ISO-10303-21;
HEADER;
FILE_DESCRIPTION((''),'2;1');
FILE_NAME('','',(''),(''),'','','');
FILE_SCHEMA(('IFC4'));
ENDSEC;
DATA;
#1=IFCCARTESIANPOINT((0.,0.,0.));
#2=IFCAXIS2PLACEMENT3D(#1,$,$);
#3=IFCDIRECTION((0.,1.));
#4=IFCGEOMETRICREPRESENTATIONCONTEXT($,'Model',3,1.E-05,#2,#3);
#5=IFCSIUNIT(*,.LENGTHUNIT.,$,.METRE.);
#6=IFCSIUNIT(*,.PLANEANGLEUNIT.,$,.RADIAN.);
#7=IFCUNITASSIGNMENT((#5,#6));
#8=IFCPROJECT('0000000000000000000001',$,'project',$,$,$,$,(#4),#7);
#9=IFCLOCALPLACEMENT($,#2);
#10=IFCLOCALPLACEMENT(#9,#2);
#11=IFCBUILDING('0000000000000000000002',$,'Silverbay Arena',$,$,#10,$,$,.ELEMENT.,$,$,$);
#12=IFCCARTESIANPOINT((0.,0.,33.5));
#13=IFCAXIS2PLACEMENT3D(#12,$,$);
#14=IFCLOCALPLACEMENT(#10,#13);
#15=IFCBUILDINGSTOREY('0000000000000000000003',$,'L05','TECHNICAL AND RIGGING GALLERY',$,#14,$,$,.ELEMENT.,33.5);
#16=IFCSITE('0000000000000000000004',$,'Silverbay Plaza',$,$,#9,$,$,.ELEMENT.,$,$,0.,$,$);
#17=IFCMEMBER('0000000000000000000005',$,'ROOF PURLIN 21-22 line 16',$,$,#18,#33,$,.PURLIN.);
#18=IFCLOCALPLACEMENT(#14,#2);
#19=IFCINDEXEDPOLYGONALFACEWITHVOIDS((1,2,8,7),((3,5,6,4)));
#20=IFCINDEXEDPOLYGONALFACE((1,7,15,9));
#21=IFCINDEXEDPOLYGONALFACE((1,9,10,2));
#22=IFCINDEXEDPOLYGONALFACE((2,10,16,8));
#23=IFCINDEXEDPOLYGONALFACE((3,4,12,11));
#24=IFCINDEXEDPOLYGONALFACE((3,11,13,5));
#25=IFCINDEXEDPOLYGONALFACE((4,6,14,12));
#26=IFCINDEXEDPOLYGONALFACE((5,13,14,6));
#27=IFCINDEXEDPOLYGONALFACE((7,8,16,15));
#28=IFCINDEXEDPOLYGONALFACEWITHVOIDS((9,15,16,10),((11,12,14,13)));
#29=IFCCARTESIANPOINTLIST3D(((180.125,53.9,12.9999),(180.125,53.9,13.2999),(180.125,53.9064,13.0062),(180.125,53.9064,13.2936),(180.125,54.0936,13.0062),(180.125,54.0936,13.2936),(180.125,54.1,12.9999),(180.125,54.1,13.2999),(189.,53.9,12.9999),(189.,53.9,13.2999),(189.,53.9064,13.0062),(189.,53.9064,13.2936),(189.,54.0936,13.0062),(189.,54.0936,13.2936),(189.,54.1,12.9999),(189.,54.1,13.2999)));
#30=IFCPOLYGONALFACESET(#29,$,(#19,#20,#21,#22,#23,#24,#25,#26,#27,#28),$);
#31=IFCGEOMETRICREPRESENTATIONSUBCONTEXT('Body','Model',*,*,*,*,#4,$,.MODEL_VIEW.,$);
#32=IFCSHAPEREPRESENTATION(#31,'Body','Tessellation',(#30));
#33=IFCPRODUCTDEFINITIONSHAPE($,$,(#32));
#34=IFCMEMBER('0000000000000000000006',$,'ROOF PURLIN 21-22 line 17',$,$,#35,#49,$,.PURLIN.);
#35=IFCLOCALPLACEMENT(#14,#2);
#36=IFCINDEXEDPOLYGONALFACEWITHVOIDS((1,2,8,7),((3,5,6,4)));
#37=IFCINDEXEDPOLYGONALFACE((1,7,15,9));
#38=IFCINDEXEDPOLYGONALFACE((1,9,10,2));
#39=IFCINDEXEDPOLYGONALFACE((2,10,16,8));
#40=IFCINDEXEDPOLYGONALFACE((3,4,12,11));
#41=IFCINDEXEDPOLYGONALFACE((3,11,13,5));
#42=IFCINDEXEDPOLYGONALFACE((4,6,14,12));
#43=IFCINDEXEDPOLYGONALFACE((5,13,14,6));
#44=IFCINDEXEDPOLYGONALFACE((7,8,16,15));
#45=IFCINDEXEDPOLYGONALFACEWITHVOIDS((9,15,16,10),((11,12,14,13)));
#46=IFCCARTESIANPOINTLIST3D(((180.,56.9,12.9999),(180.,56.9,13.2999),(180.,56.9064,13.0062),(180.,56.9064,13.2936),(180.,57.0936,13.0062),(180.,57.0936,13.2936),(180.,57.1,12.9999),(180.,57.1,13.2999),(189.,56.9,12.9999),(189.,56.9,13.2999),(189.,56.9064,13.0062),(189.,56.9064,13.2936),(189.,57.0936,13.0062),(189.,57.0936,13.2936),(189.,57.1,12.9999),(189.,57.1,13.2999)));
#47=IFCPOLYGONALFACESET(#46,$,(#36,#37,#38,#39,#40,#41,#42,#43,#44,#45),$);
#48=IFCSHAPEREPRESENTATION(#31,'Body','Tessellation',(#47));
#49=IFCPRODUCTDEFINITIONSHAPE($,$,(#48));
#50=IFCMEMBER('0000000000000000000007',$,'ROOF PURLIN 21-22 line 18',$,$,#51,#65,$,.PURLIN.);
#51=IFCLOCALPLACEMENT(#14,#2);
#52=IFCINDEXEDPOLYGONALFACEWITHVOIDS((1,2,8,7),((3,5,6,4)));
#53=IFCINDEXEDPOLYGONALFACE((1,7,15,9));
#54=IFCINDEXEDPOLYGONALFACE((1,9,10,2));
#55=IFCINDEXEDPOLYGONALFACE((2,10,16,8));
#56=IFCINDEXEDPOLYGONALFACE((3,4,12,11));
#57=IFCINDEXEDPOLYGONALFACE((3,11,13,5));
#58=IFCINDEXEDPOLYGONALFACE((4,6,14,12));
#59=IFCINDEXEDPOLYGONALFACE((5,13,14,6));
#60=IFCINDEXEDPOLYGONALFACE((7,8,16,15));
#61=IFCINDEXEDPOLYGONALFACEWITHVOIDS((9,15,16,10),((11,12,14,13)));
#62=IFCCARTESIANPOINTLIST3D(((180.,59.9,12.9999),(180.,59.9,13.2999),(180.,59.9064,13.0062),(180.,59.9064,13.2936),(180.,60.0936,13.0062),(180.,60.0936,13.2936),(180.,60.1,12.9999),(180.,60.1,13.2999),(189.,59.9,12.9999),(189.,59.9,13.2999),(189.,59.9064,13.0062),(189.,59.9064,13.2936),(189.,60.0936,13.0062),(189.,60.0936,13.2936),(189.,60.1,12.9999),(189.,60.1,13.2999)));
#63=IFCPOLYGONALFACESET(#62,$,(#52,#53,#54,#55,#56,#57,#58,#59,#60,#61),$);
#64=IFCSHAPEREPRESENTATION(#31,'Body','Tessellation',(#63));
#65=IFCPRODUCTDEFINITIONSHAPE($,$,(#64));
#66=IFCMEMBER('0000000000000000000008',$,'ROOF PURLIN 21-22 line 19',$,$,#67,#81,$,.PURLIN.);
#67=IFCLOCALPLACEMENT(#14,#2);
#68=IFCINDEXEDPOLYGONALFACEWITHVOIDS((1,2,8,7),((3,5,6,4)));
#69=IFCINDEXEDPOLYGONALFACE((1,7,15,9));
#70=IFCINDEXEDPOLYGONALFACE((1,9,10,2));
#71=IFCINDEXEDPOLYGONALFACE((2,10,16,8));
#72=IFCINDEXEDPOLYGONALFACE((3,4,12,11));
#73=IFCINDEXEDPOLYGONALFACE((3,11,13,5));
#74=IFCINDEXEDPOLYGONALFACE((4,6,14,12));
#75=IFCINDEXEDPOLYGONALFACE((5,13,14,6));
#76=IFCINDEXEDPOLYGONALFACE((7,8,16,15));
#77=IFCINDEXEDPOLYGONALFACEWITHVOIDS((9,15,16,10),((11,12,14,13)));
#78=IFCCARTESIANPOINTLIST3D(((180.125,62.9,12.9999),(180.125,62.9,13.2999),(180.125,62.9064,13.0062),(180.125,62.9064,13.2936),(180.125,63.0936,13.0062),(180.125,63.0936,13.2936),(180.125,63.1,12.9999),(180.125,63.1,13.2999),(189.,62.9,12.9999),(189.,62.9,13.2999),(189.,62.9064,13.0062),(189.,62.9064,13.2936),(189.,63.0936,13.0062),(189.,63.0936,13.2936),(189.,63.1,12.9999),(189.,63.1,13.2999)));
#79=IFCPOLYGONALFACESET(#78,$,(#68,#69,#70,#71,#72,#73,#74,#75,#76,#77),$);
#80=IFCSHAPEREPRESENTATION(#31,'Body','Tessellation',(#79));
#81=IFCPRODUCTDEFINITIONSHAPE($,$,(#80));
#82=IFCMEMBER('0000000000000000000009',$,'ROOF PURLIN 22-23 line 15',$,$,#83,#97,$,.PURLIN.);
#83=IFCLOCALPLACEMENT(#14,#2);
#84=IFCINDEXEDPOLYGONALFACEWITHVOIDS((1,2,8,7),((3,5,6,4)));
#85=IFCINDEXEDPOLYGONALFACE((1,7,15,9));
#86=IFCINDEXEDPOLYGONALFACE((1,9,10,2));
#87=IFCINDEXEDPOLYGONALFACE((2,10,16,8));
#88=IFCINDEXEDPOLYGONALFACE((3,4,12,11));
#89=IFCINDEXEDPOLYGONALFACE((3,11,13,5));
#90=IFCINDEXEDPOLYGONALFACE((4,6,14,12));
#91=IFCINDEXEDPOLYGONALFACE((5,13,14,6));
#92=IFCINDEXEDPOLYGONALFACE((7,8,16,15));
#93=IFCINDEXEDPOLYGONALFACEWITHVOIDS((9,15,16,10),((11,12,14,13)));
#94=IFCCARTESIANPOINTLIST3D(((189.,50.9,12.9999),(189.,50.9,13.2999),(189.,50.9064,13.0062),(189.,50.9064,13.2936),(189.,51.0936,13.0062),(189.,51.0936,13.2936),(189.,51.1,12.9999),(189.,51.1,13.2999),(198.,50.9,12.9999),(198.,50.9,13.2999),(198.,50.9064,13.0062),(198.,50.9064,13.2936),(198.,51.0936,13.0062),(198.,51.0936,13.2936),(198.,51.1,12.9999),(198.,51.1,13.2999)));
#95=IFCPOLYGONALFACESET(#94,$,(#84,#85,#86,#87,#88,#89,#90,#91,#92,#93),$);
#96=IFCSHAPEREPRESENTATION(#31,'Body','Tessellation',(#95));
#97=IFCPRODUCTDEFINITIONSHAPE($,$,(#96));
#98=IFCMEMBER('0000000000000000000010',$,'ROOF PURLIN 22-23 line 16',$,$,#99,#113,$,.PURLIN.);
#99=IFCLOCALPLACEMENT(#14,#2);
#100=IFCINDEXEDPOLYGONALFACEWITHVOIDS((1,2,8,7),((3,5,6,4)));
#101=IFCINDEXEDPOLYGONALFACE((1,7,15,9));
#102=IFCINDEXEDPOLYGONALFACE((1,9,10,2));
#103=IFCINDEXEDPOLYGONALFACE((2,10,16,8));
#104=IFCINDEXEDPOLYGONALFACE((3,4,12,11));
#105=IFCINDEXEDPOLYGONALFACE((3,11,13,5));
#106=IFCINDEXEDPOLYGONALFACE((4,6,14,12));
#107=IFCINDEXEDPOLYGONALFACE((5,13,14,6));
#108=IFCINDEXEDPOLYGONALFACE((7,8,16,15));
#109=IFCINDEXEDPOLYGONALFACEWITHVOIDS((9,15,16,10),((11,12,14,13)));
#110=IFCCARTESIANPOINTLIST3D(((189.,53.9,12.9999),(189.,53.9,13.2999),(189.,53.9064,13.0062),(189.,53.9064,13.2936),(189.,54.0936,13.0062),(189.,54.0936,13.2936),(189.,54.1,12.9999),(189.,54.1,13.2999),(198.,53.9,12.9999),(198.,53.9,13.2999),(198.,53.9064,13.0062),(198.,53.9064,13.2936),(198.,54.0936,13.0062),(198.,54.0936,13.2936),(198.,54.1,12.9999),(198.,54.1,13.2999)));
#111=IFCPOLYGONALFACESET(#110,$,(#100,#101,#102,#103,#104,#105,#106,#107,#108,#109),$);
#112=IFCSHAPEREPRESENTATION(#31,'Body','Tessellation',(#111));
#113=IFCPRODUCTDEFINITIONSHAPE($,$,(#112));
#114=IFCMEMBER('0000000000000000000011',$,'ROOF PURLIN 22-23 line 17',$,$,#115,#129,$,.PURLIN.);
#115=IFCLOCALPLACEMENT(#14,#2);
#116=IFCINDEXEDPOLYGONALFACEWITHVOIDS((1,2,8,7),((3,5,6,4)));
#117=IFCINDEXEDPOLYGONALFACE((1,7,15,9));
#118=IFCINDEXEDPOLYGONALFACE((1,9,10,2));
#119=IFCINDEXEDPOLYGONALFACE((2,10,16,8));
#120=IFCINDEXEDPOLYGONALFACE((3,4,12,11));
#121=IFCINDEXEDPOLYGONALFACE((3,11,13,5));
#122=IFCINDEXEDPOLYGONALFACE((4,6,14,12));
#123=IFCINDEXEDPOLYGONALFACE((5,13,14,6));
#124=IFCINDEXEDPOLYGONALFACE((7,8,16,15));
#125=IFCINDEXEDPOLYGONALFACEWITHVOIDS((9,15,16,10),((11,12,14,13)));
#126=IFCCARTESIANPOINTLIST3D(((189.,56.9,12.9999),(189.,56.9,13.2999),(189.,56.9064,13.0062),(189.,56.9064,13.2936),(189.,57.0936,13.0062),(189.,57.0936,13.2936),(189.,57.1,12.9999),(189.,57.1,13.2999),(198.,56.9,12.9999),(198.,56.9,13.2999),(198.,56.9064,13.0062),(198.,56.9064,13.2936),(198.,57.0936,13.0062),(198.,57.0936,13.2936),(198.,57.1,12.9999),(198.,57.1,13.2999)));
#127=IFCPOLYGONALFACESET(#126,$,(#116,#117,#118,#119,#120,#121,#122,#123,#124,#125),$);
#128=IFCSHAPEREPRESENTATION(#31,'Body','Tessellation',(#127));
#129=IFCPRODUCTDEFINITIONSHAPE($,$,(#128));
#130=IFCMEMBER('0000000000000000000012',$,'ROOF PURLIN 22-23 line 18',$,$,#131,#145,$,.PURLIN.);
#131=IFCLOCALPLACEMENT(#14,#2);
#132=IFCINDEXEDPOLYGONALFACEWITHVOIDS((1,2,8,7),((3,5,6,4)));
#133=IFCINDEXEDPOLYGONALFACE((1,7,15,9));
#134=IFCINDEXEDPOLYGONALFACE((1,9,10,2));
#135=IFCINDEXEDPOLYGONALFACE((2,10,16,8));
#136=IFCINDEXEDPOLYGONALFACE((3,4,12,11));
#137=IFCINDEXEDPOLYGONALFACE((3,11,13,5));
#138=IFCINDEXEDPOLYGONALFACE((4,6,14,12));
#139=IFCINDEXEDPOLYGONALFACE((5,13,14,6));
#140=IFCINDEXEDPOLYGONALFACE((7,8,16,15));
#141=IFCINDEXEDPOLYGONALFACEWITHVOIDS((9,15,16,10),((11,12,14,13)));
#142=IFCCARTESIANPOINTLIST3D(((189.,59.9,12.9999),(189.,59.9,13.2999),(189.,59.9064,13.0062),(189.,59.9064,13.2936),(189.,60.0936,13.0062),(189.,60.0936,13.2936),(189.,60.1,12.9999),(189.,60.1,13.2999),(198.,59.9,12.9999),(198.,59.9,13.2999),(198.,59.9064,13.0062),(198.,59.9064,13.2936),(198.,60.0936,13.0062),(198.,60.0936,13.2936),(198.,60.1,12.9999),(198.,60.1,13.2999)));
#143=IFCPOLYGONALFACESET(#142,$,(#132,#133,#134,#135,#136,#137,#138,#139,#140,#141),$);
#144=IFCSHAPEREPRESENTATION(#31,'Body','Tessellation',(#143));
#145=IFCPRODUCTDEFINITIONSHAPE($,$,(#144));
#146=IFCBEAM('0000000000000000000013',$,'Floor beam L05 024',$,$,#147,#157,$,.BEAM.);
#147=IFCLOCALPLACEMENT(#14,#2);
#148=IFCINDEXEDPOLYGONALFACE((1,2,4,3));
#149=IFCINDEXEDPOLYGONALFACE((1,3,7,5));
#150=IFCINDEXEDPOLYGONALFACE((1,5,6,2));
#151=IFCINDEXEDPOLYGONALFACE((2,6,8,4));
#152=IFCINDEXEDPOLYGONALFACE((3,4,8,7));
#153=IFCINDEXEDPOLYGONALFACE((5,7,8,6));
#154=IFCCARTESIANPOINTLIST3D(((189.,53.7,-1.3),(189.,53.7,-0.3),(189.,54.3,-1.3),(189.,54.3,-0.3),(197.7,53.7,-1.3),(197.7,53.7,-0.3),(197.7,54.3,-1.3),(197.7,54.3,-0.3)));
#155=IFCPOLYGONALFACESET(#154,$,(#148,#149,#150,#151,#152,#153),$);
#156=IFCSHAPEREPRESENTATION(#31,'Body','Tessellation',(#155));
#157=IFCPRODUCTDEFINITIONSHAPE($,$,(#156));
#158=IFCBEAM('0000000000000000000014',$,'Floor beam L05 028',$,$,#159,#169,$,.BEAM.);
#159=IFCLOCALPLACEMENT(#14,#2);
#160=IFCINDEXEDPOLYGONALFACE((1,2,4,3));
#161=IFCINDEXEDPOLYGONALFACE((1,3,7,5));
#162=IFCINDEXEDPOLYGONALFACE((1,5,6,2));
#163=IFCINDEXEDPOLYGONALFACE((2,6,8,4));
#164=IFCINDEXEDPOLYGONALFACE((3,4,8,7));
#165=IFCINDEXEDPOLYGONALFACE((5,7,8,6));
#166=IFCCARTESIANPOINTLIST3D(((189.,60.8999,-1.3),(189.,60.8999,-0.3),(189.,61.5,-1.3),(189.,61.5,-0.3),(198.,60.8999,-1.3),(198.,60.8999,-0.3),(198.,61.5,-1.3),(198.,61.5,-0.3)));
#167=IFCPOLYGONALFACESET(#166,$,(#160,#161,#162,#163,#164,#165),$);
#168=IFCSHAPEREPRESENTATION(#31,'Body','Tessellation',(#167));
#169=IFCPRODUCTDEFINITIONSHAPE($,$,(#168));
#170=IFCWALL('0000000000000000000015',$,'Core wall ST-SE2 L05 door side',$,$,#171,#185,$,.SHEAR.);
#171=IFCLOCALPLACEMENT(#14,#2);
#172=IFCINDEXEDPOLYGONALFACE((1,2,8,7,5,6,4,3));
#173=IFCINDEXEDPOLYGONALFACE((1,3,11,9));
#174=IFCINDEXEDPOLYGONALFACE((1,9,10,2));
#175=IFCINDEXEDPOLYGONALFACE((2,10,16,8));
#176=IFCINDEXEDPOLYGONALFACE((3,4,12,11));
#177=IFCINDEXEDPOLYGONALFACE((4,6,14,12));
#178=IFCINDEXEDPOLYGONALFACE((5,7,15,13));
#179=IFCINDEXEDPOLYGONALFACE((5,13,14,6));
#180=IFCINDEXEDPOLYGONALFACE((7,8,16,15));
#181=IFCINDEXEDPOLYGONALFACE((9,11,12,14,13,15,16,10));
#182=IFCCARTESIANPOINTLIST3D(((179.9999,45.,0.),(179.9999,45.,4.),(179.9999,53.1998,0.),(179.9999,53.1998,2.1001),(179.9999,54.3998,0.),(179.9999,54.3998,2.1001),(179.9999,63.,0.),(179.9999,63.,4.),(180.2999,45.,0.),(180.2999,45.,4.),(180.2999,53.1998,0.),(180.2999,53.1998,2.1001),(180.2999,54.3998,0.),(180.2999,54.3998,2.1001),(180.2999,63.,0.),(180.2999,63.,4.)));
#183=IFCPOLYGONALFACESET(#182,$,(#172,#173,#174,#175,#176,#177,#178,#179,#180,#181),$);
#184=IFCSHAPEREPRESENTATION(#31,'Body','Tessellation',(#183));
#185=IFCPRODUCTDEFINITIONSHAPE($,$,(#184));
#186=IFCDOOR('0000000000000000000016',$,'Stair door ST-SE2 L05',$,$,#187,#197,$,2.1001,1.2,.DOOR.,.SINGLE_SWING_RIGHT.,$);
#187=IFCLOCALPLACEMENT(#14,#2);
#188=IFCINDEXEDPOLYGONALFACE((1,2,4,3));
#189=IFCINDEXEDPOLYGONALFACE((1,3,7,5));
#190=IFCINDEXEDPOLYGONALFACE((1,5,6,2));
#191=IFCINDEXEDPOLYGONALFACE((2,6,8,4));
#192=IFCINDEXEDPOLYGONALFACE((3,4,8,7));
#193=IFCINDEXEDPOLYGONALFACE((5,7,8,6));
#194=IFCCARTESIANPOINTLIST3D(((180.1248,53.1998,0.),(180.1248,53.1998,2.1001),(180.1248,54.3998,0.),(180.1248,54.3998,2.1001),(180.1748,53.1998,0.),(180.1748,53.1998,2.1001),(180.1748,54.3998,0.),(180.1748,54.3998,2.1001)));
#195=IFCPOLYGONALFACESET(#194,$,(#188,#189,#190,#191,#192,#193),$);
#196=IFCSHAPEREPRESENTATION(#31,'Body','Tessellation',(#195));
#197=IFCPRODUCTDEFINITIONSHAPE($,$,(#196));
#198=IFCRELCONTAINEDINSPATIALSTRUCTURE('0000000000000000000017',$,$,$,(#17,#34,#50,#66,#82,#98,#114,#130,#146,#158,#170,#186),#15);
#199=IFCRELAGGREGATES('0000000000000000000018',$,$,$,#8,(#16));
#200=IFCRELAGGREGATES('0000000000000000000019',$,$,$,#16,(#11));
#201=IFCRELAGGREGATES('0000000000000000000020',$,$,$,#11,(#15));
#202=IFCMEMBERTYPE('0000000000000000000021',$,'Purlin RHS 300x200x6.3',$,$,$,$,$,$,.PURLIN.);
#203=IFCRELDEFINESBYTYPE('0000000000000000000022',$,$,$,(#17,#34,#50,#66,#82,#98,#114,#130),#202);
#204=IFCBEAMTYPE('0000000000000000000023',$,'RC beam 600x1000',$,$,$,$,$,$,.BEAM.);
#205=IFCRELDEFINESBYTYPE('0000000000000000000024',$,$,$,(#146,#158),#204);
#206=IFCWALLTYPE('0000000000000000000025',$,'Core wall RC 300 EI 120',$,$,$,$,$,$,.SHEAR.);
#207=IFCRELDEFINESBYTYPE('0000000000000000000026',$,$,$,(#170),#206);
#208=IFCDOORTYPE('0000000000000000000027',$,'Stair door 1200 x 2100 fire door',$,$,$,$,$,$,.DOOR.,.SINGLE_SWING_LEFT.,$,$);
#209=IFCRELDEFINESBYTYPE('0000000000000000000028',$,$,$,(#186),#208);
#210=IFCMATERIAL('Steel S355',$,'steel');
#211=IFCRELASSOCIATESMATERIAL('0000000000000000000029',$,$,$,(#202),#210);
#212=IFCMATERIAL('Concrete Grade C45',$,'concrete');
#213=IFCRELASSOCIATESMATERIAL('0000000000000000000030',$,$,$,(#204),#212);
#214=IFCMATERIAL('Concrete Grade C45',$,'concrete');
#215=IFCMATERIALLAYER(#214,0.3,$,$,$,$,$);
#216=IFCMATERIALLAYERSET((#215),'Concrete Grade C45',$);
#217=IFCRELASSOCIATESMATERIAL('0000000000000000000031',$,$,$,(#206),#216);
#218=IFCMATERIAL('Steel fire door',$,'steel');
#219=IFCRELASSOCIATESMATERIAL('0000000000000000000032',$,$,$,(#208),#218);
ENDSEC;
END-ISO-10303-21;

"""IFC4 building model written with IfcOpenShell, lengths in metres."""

from ifc_helpers import new_model, si_unit, direction, frame, frame_2d, origin, origin_2d, place, context, subcontext, project, spatial, rectangle, hollow_rectangle, extrude, material, layer, layer_set, material_profile, profile_set, type_object, element, fill, save


model = new_model("IFC4")

# Units and contexts
model_context = context("Model", 3, precision=1e-05, world=origin(), true_north=direction((0.0, 1.0)))
body_context = subcontext(model_context, "Body", "Model", "MODEL_VIEW")
ifc_project = project(units=[si_unit("LENGTHUNIT", "METRE"), si_unit("PLANEANGLEUNIT", "RADIAN")], contexts=[model_context])

# Site, building, storey
site_placement = place(None, origin())
site = spatial("IfcSite", under=ifc_project, at=site_placement, Name="Silverbay Plaza", CompositionType="ELEMENT", RefElevation=0.0)
building_placement = place(site_placement, origin())
building = spatial("IfcBuilding", under=site, at=building_placement, Name="Silverbay Arena", CompositionType="ELEMENT")
storey_placement = place(building_placement, frame((0.0, 0.0, 33.5)))
storey = spatial("IfcBuildingStorey", under=building, at=storey_placement, Name="L05", Description="TECHNICAL AND RIGGING GALLERY", CompositionType="ELEMENT", Elevation=33.5)

# Members
ifc_material_1 = material(Name="Steel S355", Category="steel")
ifc_material_profile_1 = material_profile(ifc_material_1, hollow_rectangle(XDim=0.2, YDim=0.3, WallThickness=0.0063, at=origin_2d()), Name="RHS 300x200x6.3")
ifc_profile_set_1 = profile_set([ifc_material_profile_1], Name="Steel S355")
member_type_1 = type_object("IfcMemberType", Name="Purlin RHS 300x200x6.3", PredefinedType="PURLIN", material=ifc_profile_set_1)
member_1_placement = place(storey_placement, frame((180.125, 54.0, 13.1499), z_axis=(1.0, 0.0, 0.0), x_axis=(0.0, 1.0, 0.0)))
element("IfcMember", 1, at=member_1_placement, inside=storey, type_object=member_type_1, Name="ROOF PURLIN 21-22 line 16", PredefinedType="PURLIN", context=body_context, shape_type="SweptSolid", body=[
    extrude(hollow_rectangle(XDim=0.2, YDim=0.3, WallThickness=0.0063, at=origin_2d()), origin(), (0.0, 0.0, 1.0), 8.875),
])
for number, where, z_axis, x_axis, name in (
    (2, (180.0, 57.0, 13.1499), (1.0, 0.0, 0.0), (0.0, 1.0, 0.0), "ROOF PURLIN 21-22 line 17"),
    (3, (180.0, 60.0, 13.1499), (1.0, 0.0, 0.0), (0.0, 1.0, 0.0), "ROOF PURLIN 21-22 line 18"),
):
    element("IfcMember", number, at=place(storey_placement, frame(where, z_axis=z_axis, x_axis=x_axis)), inside=storey, type_object=member_type_1, Name=name, PredefinedType="PURLIN", context=body_context, shape_type="SweptSolid", body=[
        extrude(hollow_rectangle(XDim=0.2, YDim=0.3, WallThickness=0.0063, at=origin_2d()), origin(), (0.0, 0.0, 1.0), 9.0),
    ])
member_2_placement = place(storey_placement, frame((180.125, 63.0, 13.1499), z_axis=(1.0, 0.0, 0.0), x_axis=(0.0, 1.0, 0.0)))
element("IfcMember", 4, at=member_2_placement, inside=storey, type_object=member_type_1, Name="ROOF PURLIN 21-22 line 19", PredefinedType="PURLIN", context=body_context, shape_type="SweptSolid", body=[
    extrude(hollow_rectangle(XDim=0.2, YDim=0.3, WallThickness=0.0063, at=origin_2d()), origin(), (0.0, 0.0, 1.0), 8.875),
])
for number, where, z_axis, x_axis, name in (
    (5, (189.0, 51.0, 13.1499), (1.0, 0.0, 0.0), (0.0, 1.0, 0.0), "ROOF PURLIN 22-23 line 15"),
    (6, (189.0, 54.0, 13.1499), (1.0, 0.0, 0.0), (0.0, 1.0, 0.0), "ROOF PURLIN 22-23 line 16"),
    (7, (189.0, 57.0, 13.1499), (1.0, 0.0, 0.0), (0.0, 1.0, 0.0), "ROOF PURLIN 22-23 line 17"),
    (8, (189.0, 60.0, 13.1499), (1.0, 0.0, 0.0), (0.0, 1.0, 0.0), "ROOF PURLIN 22-23 line 18"),
):
    element("IfcMember", number, at=place(storey_placement, frame(where, z_axis=z_axis, x_axis=x_axis)), inside=storey, type_object=member_type_1, Name=name, PredefinedType="PURLIN", context=body_context, shape_type="SweptSolid", body=[
        extrude(hollow_rectangle(XDim=0.2, YDim=0.3, WallThickness=0.0063, at=origin_2d()), origin(), (0.0, 0.0, 1.0), 9.0),
    ])

# Beams
ifc_material_2 = material(Name="Concrete Grade C45", Category="concrete")
ifc_material_profile_2 = material_profile(ifc_material_2, rectangle(XDim=0.6001, YDim=1.0, at=origin_2d()), Name="RC 600x1000")
ifc_profile_set_2 = profile_set([ifc_material_profile_2], Name="Concrete Grade C45")
beam_type = type_object("IfcBeamType", Name="RC beam 600x1000", PredefinedType="BEAM", material=ifc_profile_set_2)
beam_1_placement = place(storey_placement, frame((189.0, 54.0, -0.8), z_axis=(1.0, 0.0, 0.0), x_axis=(0.0, 1.0, 0.0)))
element("IfcBeam", 9, at=beam_1_placement, inside=storey, type_object=beam_type, Name="Floor beam L05 024", PredefinedType="BEAM", context=body_context, shape_type="SweptSolid", body=[
    extrude(rectangle(XDim=0.6001, YDim=1.0, at=origin_2d()), origin(), (0.0, 0.0, 1.0), 8.7),
])
beam_2_placement = place(storey_placement, frame((189.0, 61.2, -0.8), z_axis=(1.0, 0.0, 0.0), x_axis=(0.0, 1.0, 0.0)))
element("IfcBeam", 10, at=beam_2_placement, inside=storey, type_object=beam_type, Name="Floor beam L05 028", PredefinedType="BEAM", context=body_context, shape_type="SweptSolid", body=[
    extrude(rectangle(XDim=0.6001, YDim=1.0, at=origin_2d()), origin(), (0.0, 0.0, 1.0), 9.0),
])

# Wall, opening, door
ifc_material_3 = material(Name="Concrete Grade C45", Category="concrete")
ifc_layer_1 = layer(ifc_material_3, 0.3)
ifc_layer_set_1 = layer_set([ifc_layer_1], Name="Concrete Grade C45")
wall_type_1 = type_object("IfcWallType", Name="Core wall RC 300 EI 120", PredefinedType="SHEAR", material=ifc_layer_set_1)
wall_placement = place(storey_placement, frame((180.1499, 63.0, 0.0), z_axis=(0.0, 0.0, 1.0), x_axis=(0.0, -1.0, 0.0)))
wall = element("IfcWall", 11, at=wall_placement, inside=storey, type_object=wall_type_1, Name="Core wall ST-SE2 L05 door side", PredefinedType="SHEAR", context=body_context, shape_type="SweptSolid", body=[
    extrude(rectangle(XDim=18.0, YDim=0.3, at=frame_2d((9.0, 0.0))), origin(), (0.0, 0.0, 1.0), 4.0),
])
opening_placement = place(wall_placement, frame((8.6001, 0.0, 0.0)))
opening = element("IfcOpeningElement", 12, at=opening_placement, cuts=wall, PredefinedType="OPENING", context=body_context, shape_type="SweptSolid", body=[
    extrude(rectangle(XDim=1.2, YDim=2.1001, at=frame_2d((0.6001, 1.05))), frame((0.0, 0.1602, 0.0), z_axis=(0.0, -1.0, 0.0), x_axis=(1.0, 0.0, 0.0)), (0.0, 0.0, 1.0), 0.3201),
])
ifc_material_4 = material(Name="Steel fire door", Category="steel")
door_type = type_object("IfcDoorType", Name="Stair door 1200 x 2100 fire door", OperationType="SINGLE_SWING_LEFT", PredefinedType="DOOR", material=ifc_material_4)
door_placement = place(opening_placement, origin())
door = element("IfcDoor", 13, at=door_placement, inside=storey, type_object=door_type, Name="Stair door ST-SE2 L05", OperationType="SINGLE_SWING_RIGHT", OverallHeight=2.1001, OverallWidth=1.2, PredefinedType="DOOR", context=body_context, shape_type="SweptSolid", body=[
    extrude(rectangle(XDim=1.2, YDim=2.1001, at=frame_2d((0.6001, 1.05))), frame((0.0, 0.0249, 0.0), z_axis=(0.0, -1.0, 0.0), x_axis=(1.0, 0.0, 0.0)), (0.0, 0.0, 1.0), 0.05),
])
fill(opening, door)

save(model, "model.ifc")
